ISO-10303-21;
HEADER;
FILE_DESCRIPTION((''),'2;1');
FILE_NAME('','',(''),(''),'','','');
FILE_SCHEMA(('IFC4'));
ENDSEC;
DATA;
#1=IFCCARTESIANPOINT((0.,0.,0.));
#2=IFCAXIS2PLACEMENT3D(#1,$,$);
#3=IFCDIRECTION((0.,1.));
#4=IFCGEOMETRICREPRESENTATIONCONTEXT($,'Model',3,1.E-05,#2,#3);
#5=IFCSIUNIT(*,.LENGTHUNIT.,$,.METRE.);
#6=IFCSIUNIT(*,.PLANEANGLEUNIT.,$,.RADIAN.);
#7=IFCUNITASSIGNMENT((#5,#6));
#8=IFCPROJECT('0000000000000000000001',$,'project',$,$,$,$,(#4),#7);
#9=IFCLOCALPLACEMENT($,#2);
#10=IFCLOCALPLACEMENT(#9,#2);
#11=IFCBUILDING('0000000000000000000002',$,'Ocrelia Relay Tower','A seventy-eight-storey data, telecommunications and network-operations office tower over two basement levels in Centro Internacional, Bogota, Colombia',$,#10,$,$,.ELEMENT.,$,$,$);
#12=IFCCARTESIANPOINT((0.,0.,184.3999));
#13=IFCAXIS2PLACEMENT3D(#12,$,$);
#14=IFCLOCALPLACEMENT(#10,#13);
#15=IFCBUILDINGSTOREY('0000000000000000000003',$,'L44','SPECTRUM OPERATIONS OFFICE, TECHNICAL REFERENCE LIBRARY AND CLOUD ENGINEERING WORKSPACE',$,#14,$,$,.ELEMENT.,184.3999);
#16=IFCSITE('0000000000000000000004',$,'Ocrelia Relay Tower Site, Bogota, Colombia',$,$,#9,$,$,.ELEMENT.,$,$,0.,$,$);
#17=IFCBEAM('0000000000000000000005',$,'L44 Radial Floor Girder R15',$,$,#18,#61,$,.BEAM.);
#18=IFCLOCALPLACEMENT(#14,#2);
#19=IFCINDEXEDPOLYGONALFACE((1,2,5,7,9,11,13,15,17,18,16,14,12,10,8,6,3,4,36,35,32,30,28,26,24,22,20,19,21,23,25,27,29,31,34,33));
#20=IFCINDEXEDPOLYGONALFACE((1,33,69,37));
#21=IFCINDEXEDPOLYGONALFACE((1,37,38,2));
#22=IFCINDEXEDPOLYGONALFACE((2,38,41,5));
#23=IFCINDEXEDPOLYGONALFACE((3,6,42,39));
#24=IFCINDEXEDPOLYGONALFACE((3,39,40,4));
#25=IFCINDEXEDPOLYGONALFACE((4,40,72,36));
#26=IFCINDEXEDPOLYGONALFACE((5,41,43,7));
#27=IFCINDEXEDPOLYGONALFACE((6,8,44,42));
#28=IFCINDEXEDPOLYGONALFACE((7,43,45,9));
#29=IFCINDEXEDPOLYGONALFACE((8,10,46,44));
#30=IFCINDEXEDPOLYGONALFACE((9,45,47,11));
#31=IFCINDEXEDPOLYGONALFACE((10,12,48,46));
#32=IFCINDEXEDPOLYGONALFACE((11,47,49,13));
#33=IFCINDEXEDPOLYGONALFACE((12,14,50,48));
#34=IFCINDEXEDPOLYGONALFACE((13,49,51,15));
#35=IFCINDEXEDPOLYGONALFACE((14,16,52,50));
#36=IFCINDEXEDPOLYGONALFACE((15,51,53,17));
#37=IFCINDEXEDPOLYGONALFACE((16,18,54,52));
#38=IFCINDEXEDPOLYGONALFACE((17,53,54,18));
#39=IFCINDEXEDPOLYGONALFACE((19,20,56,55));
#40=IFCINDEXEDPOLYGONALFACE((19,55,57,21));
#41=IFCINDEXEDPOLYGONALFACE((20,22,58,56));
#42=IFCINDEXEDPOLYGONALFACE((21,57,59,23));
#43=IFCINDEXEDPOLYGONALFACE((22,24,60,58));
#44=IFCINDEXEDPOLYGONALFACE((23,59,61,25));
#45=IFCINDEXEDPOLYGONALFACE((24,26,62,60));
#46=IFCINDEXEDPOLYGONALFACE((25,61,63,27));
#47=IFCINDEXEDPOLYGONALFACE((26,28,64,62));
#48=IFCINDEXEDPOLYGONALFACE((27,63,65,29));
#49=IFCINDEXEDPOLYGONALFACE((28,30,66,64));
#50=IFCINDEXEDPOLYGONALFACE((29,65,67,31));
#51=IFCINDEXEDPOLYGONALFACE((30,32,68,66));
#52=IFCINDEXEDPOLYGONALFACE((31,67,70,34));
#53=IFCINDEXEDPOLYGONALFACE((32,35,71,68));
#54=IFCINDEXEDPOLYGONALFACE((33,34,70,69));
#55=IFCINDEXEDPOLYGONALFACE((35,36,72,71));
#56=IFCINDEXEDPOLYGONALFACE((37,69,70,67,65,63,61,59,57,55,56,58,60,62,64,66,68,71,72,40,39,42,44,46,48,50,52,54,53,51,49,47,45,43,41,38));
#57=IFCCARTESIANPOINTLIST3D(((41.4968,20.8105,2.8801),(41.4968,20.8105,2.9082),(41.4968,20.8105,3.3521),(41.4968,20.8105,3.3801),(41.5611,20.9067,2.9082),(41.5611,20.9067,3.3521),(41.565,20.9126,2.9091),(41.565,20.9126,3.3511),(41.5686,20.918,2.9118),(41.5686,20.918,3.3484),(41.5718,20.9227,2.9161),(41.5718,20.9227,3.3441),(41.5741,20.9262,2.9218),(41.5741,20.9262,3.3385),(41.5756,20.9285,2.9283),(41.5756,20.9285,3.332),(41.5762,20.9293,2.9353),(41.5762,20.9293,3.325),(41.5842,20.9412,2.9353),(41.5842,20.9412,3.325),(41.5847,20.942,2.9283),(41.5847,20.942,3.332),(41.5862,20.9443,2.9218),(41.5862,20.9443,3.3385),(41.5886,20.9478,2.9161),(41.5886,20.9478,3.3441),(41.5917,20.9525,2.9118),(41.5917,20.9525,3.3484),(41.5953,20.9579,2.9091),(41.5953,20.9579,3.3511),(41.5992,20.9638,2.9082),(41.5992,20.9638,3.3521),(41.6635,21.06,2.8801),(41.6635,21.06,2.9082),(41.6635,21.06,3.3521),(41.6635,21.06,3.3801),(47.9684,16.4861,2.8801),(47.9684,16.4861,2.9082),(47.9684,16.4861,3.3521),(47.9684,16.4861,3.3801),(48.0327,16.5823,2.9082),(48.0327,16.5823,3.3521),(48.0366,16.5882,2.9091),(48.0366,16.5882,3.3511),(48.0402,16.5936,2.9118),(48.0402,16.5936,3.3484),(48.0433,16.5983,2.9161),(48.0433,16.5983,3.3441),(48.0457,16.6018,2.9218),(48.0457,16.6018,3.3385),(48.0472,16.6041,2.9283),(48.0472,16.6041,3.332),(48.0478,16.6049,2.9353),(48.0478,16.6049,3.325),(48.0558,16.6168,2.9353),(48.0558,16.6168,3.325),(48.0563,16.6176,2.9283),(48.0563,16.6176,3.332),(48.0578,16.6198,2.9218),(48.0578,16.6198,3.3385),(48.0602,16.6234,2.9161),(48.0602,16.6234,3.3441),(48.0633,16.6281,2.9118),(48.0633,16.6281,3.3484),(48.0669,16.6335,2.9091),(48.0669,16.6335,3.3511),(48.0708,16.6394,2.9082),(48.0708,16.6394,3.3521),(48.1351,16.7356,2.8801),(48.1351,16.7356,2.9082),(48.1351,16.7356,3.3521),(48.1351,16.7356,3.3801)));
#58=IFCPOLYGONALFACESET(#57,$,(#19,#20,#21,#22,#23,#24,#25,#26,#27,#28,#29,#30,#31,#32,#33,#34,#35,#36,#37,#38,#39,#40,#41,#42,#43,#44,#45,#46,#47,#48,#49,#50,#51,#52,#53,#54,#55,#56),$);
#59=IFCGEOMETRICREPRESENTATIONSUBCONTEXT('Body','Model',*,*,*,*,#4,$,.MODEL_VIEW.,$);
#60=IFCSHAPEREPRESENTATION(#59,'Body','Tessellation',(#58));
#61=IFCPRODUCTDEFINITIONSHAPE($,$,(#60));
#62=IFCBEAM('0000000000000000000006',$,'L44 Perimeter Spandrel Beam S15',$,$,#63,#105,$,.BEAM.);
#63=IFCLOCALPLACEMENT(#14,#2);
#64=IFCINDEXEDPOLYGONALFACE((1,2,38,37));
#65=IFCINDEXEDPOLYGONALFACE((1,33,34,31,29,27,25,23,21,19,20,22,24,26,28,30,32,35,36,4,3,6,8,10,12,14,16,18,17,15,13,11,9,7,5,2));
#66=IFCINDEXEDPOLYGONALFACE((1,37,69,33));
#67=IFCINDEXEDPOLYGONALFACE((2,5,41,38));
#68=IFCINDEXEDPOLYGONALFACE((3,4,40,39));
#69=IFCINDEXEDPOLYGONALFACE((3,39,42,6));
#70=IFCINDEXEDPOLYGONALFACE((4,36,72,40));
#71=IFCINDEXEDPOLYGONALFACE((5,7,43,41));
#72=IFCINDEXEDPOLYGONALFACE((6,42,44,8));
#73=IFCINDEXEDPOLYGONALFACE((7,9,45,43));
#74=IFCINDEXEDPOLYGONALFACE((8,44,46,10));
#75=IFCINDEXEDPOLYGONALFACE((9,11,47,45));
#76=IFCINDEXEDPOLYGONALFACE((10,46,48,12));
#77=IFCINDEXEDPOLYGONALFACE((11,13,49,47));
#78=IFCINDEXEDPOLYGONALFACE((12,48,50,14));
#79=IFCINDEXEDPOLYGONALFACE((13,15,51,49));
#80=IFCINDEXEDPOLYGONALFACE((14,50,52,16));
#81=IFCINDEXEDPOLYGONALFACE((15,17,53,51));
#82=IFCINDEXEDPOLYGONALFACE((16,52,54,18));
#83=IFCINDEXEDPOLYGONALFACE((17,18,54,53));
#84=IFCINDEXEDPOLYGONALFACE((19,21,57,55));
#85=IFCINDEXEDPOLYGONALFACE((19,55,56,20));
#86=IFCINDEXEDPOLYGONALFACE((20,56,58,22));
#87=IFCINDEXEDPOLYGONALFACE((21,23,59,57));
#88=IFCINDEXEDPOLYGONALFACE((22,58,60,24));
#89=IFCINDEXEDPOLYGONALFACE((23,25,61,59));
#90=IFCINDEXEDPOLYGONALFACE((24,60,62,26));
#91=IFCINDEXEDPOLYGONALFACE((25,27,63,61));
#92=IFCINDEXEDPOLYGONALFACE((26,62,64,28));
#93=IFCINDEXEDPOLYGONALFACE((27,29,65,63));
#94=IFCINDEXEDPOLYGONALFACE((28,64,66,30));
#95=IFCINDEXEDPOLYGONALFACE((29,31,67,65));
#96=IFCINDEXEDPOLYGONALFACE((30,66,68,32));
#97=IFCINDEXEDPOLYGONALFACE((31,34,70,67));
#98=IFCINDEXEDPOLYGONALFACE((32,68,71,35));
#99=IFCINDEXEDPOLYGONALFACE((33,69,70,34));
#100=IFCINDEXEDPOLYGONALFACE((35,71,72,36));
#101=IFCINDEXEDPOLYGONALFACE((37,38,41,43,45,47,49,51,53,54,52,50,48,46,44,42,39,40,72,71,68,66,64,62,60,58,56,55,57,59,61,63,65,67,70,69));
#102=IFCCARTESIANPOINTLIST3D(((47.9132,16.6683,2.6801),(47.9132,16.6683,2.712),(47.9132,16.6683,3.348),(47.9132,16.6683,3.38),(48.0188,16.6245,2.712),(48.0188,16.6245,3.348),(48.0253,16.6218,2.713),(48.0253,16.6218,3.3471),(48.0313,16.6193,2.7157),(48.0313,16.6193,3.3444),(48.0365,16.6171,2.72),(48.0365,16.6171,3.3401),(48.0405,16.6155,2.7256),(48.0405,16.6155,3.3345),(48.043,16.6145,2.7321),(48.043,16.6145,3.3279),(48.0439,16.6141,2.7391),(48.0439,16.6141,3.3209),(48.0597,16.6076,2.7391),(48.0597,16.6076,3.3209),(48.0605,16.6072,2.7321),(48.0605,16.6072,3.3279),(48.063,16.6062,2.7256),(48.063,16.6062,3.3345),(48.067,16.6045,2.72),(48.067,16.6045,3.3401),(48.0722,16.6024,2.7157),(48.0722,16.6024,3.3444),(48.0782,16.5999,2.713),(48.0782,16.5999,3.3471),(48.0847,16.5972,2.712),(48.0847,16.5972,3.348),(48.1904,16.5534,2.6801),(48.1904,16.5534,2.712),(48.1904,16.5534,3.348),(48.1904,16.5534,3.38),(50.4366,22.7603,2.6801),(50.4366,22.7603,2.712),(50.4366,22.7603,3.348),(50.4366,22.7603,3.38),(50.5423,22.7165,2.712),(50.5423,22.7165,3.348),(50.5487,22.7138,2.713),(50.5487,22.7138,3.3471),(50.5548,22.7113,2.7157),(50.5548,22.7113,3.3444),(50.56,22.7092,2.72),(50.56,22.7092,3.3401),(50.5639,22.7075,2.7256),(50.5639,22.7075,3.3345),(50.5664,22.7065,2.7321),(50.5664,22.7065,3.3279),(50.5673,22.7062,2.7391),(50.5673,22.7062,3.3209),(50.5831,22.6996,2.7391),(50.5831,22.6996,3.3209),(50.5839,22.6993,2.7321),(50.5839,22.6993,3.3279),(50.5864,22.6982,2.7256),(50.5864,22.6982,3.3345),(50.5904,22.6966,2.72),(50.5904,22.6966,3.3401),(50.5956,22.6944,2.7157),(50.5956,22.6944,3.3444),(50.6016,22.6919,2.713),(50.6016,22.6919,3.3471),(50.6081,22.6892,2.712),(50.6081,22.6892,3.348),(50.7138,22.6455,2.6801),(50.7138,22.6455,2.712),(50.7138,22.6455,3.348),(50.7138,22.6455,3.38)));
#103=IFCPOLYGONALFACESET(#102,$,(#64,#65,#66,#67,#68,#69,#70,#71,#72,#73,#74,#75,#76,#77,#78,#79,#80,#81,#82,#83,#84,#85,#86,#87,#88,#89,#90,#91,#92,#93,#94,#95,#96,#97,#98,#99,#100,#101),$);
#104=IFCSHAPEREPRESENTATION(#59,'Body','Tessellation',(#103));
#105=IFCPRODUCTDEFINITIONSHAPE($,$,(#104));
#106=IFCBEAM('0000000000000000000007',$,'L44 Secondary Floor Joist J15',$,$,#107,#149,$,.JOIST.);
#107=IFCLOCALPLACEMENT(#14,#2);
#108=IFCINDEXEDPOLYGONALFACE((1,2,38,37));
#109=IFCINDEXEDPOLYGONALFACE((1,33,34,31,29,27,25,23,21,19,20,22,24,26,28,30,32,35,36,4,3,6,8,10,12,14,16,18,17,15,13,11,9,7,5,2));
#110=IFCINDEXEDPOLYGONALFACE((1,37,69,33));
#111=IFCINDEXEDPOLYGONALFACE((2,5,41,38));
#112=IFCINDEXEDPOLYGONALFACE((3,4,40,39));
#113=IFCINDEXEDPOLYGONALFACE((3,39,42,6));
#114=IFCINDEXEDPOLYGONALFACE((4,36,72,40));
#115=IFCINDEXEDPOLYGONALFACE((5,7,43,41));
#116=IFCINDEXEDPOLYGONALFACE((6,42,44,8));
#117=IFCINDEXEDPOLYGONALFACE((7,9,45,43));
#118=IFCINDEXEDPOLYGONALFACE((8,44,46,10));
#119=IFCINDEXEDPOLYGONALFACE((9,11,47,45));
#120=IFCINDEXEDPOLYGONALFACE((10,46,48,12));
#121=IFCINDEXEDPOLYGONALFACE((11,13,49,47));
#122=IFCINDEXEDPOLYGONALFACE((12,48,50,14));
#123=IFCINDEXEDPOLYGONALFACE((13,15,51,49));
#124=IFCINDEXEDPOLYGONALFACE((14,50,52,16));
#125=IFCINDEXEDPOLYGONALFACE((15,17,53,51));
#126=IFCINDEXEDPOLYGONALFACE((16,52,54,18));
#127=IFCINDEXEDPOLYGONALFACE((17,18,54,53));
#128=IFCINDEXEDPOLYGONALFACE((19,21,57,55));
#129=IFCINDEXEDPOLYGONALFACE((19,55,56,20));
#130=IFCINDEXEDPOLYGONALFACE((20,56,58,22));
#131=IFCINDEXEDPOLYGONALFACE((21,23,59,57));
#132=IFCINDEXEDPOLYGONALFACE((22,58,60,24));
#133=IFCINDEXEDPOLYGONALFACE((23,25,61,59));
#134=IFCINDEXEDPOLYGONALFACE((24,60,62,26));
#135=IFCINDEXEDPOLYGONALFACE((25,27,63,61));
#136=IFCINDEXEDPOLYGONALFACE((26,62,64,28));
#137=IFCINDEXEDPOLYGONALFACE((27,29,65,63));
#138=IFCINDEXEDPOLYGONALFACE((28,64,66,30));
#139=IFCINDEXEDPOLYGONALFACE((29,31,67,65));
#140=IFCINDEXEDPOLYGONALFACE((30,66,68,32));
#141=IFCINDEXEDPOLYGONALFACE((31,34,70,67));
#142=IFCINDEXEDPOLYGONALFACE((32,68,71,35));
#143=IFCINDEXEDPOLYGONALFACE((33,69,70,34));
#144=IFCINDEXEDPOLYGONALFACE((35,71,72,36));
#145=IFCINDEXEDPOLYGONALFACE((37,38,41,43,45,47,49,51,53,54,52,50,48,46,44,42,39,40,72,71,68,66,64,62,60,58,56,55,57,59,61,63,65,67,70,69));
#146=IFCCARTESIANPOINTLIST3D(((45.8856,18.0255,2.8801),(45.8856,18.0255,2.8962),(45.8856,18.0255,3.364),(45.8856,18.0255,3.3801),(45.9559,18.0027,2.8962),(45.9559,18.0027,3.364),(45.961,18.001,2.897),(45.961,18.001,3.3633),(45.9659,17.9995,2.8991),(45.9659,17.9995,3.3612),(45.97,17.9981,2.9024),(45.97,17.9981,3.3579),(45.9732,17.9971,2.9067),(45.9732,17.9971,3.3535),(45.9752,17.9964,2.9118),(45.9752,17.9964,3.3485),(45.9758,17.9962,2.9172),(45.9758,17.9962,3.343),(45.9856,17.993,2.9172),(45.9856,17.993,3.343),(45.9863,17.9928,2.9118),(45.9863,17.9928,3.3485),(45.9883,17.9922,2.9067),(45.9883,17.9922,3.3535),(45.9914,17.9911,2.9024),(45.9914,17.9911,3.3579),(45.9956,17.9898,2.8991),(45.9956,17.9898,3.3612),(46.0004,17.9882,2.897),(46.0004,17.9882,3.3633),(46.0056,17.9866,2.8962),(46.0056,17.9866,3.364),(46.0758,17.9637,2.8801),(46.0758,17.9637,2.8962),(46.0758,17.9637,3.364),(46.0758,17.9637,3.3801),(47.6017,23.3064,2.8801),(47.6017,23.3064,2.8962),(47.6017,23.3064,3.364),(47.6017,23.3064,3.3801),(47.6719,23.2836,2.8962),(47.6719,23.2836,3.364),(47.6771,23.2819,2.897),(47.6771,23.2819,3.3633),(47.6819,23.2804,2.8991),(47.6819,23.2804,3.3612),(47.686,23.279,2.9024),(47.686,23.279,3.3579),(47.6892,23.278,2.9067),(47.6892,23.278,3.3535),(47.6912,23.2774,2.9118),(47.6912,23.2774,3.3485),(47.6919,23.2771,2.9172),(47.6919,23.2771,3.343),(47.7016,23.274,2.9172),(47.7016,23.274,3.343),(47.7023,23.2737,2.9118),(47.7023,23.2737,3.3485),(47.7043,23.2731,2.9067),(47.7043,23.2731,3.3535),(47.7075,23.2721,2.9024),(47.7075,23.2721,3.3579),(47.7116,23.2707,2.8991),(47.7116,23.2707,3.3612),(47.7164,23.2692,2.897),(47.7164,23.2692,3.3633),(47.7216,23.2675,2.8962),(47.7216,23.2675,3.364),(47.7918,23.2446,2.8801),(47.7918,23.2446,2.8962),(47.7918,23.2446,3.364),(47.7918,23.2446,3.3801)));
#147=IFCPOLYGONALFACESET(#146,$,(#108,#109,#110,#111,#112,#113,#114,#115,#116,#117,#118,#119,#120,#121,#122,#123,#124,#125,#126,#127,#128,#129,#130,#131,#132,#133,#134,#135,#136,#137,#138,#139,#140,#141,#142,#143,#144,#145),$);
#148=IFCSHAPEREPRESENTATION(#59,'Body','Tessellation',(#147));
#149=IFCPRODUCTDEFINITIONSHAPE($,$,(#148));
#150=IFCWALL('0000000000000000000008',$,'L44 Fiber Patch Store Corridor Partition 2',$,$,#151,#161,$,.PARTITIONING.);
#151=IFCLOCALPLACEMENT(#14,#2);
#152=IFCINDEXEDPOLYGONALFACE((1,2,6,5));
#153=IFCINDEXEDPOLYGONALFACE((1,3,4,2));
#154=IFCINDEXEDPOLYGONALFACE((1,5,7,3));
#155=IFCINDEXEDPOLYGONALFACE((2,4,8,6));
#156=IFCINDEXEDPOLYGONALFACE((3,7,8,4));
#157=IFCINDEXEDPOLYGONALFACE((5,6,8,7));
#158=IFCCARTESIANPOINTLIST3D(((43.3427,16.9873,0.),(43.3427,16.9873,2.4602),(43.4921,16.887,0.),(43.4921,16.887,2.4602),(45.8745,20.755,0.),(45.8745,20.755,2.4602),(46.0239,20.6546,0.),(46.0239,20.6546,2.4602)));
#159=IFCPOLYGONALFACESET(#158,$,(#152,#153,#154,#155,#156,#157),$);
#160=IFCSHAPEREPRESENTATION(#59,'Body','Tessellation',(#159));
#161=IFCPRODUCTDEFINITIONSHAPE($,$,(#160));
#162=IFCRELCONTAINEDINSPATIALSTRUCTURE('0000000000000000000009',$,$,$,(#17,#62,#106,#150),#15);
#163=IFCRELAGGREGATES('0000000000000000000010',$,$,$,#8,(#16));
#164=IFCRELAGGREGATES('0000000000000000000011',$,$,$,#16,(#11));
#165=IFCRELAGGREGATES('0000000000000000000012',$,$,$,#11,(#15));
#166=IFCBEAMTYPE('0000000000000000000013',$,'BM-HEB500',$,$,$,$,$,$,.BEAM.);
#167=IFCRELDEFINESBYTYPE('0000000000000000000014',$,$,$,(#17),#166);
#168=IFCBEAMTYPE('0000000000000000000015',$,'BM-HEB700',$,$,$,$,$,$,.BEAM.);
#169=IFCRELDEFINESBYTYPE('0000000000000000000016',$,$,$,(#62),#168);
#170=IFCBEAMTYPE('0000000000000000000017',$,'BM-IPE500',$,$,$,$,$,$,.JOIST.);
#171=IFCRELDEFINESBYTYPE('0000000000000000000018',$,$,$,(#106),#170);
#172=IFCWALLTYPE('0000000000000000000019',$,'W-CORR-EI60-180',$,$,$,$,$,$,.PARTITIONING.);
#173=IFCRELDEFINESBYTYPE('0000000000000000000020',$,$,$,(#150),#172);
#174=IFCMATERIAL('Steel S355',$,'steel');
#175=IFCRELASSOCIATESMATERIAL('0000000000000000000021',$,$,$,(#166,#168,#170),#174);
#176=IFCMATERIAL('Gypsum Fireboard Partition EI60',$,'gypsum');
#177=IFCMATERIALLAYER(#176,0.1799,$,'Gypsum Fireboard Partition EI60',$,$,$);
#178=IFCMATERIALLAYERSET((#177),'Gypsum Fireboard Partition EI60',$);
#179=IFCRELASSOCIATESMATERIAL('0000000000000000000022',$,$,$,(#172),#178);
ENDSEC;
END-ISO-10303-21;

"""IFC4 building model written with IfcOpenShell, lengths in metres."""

from ifc_helpers import new_model, si_unit, direction, frame, frame_2d, origin, origin_2d, place, context, subcontext, project, spatial, rectangle, i_section, extrude, material, layer, layer_set, material_profile, profile_set, type_object, element, save


model = new_model("IFC4")

# Units and contexts
model_context = context("Model", 3, precision=1e-05, world=origin(), true_north=direction((0.0, 1.0)))
body_context = subcontext(model_context, "Body", "Model", "MODEL_VIEW")
ifc_project = project(units=[si_unit("LENGTHUNIT", "METRE"), si_unit("PLANEANGLEUNIT", "RADIAN")], contexts=[model_context])

# Site, building, storey
site_placement = place(None, origin())
site = spatial("IfcSite", under=ifc_project, at=site_placement, Name="Ocrelia Relay Tower Site, Bogota, Colombia", CompositionType="ELEMENT", RefElevation=0.0)
building_placement = place(site_placement, origin())
building = spatial("IfcBuilding", under=site, at=building_placement, Name="Ocrelia Relay Tower", Description="A seventy-eight-storey data, telecommunications and network-operations office tower over two basement levels in Centro Internacional, Bogota, Colombia", CompositionType="ELEMENT")
storey_placement = place(building_placement, frame((0.0, 0.0, 184.3999)))
storey = spatial("IfcBuildingStorey", under=building, at=storey_placement, Name="L44", Description="SPECTRUM OPERATIONS OFFICE, TECHNICAL REFERENCE LIBRARY AND CLOUD ENGINEERING WORKSPACE", CompositionType="ELEMENT", Elevation=184.3999)

# Beams
ifc_material_1 = material(Name="Steel S355", Category="steel")
ifc_material_profile_1 = material_profile(ifc_material_1, i_section(OverallWidth=0.3, OverallDepth=0.5, WebThickness=0.0144, FlangeThickness=0.0281, FilletRadius=0.0271, at=origin_2d()), Name="HEB 500")
ifc_profile_set_1 = profile_set([ifc_material_profile_1], Name="Steel S355")
beam_type_1 = type_object("IfcBeamType", Name="BM-HEB500", PredefinedType="BEAM", material=ifc_profile_set_1)
beam_1_placement = place(storey_placement, frame((48.0518, 16.6108, 3.1301), z_axis=(-0.831456, 0.55559, 0.0), x_axis=(-0.55559, -0.831456, 0.0)))
element("IfcBeam", 1, at=beam_1_placement, inside=storey, type_object=beam_type_1, Name="L44 Radial Floor Girder R15", PredefinedType="BEAM", context=body_context, shape_type="SweptSolid", body=[
    extrude(i_section(OverallWidth=0.3, OverallDepth=0.5, WebThickness=0.0144, FlangeThickness=0.0281, FilletRadius=0.0271, at=origin_2d()), origin(), (0.0, 0.0, 1.0), 7.7834),
])
ifc_material_profile_2 = material_profile(ifc_material_1, i_section(OverallWidth=0.3, OverallDepth=0.7, WebThickness=0.0171, FlangeThickness=0.032, FilletRadius=0.0271, at=origin_2d()), Name="HEB 700")
ifc_profile_set_2 = profile_set([ifc_material_profile_2], Name="Steel S355")
beam_type_2 = type_object("IfcBeamType", Name="BM-HEB700", PredefinedType="BEAM", material=ifc_profile_set_2)
beam_2_placement = place(storey_placement, frame((48.0518, 16.6108, 3.03), z_axis=(0.382688, 0.923878, 0.0), x_axis=(-0.923878, 0.382688, 0.0)))
element("IfcBeam", 2, at=beam_2_placement, inside=storey, type_object=beam_type_2, Name="L44 Perimeter Spandrel Beam S15", PredefinedType="BEAM", context=body_context, shape_type="SweptSolid", body=[
    extrude(i_section(OverallWidth=0.3, OverallDepth=0.7, WebThickness=0.0171, FlangeThickness=0.032, FilletRadius=0.0271, at=origin_2d()), origin(), (0.0, 0.0, 1.0), 6.594),
])
ifc_material_profile_3 = material_profile(ifc_material_1, i_section(OverallWidth=0.2, OverallDepth=0.5, WebThickness=0.0103, FlangeThickness=0.0161, FilletRadius=0.021, at=origin_2d()), Name="IPE 500")
ifc_profile_set_3 = profile_set([ifc_material_profile_3], Name="Steel S355")
beam_type_3 = type_object("IfcBeamType", Name="BM-IPE500", PredefinedType="JOIST", material=ifc_profile_set_3)
beam_3_placement = place(storey_placement, frame((45.9807, 17.9946, 3.1301), z_axis=(0.309043, 0.951048, 0.0), x_axis=(-0.951048, 0.309043, 0.0)))
element("IfcBeam", 3, at=beam_3_placement, inside=storey, type_object=beam_type_3, Name="L44 Secondary Floor Joist J15", PredefinedType="JOIST", context=body_context, shape_type="SweptSolid", body=[
    extrude(i_section(OverallWidth=0.2, OverallDepth=0.5, WebThickness=0.0103, FlangeThickness=0.0161, FilletRadius=0.021, at=origin_2d()), origin(), (0.0, 0.0, 1.0), 5.5527),
])

# Wall
ifc_material_2 = material(Name="Gypsum Fireboard Partition EI60", Category="gypsum")
ifc_layer_1 = layer(ifc_material_2, 0.1799, Name="Gypsum Fireboard Partition EI60")
ifc_layer_set_1 = layer_set([ifc_layer_1], Name="Gypsum Fireboard Partition EI60")
wall_type_1 = type_object("IfcWallType", Name="W-CORR-EI60-180", PredefinedType="PARTITIONING", material=ifc_layer_set_1)
wall_1_placement = place(storey_placement, frame((43.4175, 16.9373, 0.0), z_axis=(0.0, 0.0, 1.0), x_axis=(0.55775, 0.830009, 0.0)))
element("IfcWall", 4, at=wall_1_placement, inside=storey, type_object=wall_type_1, Name="L44 Fiber Patch Store Corridor Partition 2", PredefinedType="PARTITIONING", context=body_context, shape_type="SweptSolid", body=[
    extrude(rectangle(XDim=4.5393, YDim=0.1799, at=frame_2d((2.2695, 0.0))), origin(), (0.0, 0.0, 1.0), 2.4602),
])

save(model, "model.ifc")
